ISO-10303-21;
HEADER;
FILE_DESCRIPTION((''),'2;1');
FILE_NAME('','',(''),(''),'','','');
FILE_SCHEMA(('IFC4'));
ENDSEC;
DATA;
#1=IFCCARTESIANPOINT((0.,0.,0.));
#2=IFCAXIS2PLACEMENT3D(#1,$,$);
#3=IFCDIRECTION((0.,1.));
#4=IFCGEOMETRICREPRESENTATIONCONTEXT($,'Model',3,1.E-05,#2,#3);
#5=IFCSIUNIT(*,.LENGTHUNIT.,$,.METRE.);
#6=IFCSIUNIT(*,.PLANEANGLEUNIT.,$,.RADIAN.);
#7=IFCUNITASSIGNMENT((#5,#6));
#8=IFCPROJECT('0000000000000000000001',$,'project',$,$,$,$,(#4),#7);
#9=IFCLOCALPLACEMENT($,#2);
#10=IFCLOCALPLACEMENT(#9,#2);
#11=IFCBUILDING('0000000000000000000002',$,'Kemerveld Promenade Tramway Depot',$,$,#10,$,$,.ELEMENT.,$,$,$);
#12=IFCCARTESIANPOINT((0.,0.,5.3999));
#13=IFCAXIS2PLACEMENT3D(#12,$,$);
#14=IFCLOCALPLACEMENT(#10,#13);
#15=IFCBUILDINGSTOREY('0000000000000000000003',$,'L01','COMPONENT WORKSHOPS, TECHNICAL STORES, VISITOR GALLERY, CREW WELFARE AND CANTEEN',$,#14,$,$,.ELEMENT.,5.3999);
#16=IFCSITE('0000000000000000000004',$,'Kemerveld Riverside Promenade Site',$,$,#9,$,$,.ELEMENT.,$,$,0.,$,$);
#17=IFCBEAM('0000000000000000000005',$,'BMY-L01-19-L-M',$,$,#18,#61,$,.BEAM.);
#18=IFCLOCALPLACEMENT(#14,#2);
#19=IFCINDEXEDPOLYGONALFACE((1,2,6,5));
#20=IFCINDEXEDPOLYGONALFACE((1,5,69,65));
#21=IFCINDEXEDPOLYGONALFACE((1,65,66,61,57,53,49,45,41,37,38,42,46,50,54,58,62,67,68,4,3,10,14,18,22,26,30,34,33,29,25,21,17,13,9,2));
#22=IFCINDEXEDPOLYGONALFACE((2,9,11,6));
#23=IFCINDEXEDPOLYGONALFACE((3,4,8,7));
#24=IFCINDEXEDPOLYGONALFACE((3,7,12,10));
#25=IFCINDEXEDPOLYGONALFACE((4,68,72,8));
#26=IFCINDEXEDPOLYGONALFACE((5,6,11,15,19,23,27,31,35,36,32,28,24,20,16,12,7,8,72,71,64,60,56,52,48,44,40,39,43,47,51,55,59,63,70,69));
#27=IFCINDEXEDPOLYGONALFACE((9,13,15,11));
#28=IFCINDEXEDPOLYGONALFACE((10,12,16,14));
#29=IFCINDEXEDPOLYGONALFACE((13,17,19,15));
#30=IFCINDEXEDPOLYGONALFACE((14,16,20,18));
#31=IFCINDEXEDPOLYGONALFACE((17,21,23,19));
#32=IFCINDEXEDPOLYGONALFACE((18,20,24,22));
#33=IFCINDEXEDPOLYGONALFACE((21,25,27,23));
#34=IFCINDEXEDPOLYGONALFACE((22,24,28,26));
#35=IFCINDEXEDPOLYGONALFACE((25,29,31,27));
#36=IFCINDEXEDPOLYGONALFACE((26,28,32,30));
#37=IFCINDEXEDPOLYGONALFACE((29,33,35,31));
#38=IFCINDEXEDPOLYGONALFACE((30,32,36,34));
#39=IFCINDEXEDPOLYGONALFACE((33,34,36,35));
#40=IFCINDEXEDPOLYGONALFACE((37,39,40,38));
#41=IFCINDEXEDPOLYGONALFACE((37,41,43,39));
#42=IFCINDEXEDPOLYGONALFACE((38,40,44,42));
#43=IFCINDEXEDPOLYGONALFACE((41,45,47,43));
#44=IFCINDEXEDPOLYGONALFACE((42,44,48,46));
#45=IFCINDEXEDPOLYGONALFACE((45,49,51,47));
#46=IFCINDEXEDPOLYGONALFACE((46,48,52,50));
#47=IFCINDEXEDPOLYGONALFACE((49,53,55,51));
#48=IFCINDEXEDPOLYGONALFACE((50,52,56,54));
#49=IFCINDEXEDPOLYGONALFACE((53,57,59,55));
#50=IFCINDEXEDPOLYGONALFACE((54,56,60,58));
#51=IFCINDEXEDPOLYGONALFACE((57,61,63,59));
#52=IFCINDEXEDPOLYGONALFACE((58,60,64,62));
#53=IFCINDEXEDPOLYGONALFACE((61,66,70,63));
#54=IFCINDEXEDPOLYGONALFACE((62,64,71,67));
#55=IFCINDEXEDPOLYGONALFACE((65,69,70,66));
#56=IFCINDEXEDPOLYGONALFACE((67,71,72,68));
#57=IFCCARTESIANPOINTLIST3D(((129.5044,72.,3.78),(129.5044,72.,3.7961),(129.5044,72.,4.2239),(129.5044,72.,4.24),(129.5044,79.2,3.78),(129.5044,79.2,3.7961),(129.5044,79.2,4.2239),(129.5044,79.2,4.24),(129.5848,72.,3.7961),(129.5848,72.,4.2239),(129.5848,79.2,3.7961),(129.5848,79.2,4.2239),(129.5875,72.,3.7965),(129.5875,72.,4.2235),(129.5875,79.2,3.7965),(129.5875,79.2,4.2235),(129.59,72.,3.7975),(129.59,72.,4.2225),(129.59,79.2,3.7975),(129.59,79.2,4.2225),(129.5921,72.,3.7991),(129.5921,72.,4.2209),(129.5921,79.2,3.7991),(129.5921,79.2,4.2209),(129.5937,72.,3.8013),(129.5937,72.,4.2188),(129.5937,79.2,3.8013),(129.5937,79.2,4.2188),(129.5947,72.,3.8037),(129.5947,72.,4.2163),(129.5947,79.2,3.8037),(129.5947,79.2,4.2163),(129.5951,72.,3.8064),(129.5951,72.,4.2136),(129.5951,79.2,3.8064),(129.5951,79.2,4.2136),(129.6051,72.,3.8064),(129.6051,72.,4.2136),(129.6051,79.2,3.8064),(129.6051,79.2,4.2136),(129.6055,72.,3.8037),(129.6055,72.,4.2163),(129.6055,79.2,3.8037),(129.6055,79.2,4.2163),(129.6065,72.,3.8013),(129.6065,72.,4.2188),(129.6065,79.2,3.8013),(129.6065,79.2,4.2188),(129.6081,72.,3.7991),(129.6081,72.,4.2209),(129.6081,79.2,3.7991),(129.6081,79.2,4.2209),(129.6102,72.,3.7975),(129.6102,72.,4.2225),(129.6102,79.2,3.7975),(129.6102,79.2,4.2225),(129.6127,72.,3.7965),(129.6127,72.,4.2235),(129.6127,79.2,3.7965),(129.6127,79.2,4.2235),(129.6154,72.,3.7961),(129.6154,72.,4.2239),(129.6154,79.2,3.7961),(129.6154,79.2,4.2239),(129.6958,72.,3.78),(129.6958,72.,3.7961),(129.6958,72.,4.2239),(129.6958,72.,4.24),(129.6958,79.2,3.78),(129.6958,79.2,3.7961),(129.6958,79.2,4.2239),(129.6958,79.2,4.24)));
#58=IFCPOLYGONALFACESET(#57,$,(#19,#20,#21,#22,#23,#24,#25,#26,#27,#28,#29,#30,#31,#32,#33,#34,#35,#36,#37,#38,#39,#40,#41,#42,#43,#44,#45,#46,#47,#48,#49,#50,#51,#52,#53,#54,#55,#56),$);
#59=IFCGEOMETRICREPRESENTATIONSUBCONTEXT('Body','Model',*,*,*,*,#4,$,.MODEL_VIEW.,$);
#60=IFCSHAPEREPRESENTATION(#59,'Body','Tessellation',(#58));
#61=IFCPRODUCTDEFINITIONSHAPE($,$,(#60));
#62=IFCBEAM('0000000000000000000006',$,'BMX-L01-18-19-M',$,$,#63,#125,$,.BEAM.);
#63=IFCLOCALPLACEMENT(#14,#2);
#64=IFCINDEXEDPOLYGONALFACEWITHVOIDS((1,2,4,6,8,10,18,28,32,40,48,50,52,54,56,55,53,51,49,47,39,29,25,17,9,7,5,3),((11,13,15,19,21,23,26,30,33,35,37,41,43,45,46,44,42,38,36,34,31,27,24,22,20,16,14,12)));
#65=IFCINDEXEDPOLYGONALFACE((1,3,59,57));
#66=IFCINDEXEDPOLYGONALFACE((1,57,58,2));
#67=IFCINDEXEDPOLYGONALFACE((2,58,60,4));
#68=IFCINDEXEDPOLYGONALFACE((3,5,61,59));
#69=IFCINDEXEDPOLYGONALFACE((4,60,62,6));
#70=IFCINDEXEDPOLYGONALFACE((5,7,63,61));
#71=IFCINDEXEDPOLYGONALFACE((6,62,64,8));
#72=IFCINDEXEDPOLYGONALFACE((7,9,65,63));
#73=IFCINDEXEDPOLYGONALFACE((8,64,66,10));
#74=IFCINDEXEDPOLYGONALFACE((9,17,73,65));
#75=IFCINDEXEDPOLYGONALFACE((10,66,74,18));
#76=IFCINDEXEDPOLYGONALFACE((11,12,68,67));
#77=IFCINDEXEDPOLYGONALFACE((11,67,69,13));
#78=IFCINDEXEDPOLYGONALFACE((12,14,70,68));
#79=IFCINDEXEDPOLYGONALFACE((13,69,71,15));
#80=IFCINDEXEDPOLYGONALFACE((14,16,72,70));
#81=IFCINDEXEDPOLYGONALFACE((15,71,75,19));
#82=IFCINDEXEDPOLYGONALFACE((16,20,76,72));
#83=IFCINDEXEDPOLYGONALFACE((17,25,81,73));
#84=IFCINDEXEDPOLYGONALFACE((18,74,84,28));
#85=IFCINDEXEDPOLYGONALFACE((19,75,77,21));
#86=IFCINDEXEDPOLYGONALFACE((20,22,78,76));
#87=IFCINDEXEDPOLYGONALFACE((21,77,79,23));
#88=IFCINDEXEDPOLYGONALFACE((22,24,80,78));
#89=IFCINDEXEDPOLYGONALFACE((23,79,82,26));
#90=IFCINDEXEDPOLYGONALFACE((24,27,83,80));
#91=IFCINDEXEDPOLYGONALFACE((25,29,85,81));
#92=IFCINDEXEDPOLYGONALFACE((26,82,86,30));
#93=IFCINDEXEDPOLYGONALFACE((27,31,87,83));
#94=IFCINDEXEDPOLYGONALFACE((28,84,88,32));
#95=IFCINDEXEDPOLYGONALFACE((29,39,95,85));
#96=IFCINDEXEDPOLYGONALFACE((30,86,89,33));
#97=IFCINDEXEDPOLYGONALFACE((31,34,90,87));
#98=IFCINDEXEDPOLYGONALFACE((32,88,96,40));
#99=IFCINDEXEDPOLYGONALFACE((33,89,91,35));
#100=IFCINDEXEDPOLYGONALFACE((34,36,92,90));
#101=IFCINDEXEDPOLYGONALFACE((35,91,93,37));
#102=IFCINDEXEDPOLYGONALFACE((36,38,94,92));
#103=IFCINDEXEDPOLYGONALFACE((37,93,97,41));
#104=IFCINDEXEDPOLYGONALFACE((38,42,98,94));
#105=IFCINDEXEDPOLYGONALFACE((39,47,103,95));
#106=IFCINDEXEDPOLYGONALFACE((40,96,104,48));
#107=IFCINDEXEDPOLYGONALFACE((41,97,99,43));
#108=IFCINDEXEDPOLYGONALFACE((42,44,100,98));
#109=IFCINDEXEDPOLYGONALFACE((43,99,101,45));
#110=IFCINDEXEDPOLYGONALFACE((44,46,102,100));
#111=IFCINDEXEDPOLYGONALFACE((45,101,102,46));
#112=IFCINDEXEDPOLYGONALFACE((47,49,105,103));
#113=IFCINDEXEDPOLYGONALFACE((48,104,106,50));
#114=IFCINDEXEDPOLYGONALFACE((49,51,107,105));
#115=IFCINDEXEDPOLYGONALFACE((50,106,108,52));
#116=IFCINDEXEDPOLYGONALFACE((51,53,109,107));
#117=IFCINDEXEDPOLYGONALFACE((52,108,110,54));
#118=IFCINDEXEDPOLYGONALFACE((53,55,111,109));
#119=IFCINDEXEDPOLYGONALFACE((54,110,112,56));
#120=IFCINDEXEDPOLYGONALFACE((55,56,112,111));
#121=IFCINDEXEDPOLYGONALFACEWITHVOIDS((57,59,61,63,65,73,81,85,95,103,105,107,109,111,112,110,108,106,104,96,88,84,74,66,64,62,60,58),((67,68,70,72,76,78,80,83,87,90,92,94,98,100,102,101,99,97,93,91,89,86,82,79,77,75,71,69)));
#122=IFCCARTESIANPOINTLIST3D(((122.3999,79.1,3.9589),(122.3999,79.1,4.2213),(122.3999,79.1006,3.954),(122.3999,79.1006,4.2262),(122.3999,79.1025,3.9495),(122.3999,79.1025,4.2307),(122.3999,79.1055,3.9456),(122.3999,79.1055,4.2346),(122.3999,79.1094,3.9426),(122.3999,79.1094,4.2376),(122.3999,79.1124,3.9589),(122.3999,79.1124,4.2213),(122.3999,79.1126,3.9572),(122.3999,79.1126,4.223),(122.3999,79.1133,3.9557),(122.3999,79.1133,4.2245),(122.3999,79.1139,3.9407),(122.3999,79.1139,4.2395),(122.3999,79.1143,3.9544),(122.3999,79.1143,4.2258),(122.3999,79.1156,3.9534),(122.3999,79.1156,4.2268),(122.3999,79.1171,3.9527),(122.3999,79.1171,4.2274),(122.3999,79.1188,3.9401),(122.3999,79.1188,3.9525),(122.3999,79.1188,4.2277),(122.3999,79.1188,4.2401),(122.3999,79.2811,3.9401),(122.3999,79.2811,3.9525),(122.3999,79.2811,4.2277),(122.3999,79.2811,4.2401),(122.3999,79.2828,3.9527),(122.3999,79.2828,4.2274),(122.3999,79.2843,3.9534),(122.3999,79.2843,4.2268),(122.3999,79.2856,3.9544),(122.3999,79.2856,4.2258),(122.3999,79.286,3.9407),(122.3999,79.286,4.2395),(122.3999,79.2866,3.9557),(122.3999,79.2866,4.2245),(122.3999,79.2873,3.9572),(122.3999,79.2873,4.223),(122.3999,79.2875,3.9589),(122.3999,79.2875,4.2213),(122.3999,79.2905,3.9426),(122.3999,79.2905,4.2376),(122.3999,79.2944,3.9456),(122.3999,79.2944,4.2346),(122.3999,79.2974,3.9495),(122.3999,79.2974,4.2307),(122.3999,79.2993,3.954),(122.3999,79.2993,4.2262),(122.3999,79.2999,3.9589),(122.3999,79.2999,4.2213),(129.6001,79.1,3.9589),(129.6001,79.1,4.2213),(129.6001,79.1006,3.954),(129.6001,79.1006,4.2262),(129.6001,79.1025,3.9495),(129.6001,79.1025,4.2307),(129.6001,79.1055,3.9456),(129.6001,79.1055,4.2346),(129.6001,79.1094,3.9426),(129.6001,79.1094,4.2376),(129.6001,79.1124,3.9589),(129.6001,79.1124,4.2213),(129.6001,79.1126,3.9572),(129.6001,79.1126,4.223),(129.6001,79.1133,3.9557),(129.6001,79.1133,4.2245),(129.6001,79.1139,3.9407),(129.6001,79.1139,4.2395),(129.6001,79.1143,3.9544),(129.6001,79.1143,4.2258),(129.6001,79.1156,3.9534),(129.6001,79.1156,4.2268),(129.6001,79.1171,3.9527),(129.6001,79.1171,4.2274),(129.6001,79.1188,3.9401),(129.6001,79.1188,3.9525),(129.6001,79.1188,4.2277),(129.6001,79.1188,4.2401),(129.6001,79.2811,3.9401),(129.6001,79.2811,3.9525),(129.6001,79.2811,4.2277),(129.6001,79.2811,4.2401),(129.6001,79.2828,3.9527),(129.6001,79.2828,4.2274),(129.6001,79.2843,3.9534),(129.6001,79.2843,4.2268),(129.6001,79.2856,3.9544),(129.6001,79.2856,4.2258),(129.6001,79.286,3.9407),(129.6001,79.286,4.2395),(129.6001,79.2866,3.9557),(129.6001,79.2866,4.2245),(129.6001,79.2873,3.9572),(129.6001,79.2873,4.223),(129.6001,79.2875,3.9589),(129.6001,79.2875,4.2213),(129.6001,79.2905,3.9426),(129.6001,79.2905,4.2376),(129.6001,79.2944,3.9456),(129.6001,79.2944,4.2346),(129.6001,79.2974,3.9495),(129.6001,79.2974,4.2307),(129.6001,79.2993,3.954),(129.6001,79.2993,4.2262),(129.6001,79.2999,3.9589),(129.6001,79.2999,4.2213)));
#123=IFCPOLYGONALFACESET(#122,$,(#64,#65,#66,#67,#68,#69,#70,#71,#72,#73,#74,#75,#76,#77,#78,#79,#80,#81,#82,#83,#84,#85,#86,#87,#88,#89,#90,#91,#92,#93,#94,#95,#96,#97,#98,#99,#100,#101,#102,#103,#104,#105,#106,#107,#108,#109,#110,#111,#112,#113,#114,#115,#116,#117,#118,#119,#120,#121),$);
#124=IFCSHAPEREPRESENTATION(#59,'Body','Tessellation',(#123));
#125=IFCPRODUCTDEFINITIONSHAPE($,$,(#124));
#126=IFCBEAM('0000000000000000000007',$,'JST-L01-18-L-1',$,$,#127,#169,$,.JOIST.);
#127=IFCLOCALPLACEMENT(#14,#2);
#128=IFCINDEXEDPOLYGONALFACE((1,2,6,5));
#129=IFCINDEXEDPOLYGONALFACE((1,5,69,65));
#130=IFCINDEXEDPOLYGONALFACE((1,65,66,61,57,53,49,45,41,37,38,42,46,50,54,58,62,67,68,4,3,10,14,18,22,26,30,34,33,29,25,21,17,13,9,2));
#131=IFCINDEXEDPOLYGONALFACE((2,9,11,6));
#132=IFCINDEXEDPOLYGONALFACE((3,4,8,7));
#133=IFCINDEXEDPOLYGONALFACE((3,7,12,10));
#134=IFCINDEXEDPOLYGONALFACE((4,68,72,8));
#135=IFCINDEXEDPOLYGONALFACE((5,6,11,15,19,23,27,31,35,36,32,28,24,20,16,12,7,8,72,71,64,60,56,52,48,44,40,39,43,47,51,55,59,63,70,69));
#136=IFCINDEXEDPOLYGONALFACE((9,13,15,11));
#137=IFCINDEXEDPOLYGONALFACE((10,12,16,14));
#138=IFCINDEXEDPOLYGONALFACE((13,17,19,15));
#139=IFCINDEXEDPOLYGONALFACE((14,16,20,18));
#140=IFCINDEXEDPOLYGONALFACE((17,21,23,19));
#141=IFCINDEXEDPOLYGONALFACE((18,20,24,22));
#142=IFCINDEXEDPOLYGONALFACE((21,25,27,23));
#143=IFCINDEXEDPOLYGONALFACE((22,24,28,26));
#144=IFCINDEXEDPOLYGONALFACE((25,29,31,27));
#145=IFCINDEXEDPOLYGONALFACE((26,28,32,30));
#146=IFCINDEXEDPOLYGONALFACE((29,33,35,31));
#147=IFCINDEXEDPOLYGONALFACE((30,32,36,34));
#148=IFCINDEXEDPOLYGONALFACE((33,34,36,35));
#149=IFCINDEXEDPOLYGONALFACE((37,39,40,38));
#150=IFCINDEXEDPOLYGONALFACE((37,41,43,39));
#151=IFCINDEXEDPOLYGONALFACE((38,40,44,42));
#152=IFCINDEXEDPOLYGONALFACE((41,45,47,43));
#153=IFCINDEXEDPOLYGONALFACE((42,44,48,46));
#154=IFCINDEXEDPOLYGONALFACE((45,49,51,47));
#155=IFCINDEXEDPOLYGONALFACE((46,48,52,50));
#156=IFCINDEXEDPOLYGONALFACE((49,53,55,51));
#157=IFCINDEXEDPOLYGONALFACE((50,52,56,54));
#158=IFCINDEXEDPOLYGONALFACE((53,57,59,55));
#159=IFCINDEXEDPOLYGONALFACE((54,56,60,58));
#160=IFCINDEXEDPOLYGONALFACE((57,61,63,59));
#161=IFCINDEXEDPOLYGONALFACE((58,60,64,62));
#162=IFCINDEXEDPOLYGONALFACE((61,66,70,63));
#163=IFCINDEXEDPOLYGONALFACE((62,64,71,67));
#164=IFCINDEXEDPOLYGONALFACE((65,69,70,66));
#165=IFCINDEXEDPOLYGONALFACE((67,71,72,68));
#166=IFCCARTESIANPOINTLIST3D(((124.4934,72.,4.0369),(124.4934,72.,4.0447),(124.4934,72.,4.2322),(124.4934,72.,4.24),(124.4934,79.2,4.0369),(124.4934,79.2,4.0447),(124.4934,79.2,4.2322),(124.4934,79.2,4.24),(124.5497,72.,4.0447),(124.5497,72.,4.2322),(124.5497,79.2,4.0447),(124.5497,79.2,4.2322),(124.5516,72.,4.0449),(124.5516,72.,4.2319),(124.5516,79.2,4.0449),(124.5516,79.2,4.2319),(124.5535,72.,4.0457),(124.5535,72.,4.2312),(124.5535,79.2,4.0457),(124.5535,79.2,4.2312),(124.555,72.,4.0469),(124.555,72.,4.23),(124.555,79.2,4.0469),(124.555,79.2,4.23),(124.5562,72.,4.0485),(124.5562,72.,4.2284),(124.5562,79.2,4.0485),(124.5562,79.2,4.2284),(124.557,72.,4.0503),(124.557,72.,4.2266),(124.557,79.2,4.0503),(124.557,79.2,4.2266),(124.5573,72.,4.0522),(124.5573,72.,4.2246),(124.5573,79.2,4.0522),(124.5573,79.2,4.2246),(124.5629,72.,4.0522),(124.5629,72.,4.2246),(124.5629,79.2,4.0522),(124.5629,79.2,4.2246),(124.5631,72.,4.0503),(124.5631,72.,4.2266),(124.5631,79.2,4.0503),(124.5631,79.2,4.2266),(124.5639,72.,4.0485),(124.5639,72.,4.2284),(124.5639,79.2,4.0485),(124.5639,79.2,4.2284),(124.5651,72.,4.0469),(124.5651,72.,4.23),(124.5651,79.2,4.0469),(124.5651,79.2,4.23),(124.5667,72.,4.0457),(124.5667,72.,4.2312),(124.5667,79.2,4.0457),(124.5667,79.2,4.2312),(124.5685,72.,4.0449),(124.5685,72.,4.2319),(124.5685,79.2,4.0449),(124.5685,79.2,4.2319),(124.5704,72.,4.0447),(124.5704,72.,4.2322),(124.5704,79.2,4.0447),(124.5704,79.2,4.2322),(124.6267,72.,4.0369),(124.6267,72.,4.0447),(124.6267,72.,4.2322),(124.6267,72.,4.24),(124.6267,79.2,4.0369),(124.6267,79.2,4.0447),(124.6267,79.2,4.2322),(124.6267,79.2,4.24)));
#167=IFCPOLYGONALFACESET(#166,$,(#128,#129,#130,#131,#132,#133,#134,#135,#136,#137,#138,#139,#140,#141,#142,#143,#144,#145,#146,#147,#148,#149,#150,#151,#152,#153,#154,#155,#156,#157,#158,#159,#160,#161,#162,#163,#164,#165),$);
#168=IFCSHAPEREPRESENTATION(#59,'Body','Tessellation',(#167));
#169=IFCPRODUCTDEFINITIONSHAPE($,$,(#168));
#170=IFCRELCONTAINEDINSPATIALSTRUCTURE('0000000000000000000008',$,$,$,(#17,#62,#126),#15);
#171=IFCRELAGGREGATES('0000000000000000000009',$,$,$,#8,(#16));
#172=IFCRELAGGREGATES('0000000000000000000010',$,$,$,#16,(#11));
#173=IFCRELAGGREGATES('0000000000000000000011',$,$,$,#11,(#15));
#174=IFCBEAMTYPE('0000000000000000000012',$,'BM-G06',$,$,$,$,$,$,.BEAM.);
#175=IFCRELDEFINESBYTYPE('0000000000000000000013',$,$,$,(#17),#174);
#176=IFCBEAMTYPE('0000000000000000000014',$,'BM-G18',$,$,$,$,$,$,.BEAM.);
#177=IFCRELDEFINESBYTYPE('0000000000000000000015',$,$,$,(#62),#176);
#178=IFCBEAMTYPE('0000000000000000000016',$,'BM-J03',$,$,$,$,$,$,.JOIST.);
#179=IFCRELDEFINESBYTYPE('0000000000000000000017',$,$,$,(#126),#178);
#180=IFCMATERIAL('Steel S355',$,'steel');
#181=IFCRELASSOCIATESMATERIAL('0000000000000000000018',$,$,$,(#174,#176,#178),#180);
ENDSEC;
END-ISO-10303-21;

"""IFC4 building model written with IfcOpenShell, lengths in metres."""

from ifc_helpers import new_model, si_unit, direction, frame, origin, origin_2d, place, context, subcontext, project, spatial, hollow_rectangle, i_section, extrude, material, material_profile, profile_set, type_object, element, save


model = new_model("IFC4")

# Units and contexts
model_context = context("Model", 3, precision=1e-05, world=origin(), true_north=direction((0.0, 1.0)))
body_context = subcontext(model_context, "Body", "Model", "MODEL_VIEW")
ifc_project = project(units=[si_unit("LENGTHUNIT", "METRE"), si_unit("PLANEANGLEUNIT", "RADIAN")], contexts=[model_context])

# Site, building, storey
site_placement = place(None, origin())
site = spatial("IfcSite", under=ifc_project, at=site_placement, Name="Kemerveld Riverside Promenade Site", CompositionType="ELEMENT", RefElevation=0.0)
building_placement = place(site_placement, origin())
building = spatial("IfcBuilding", under=site, at=building_placement, Name="Kemerveld Promenade Tramway Depot", CompositionType="ELEMENT")
storey_placement = place(building_placement, frame((0.0, 0.0, 5.3999)))
storey = spatial("IfcBuildingStorey", under=building, at=storey_placement, Name="L01", Description="COMPONENT WORKSHOPS, TECHNICAL STORES, VISITOR GALLERY, CREW WELFARE AND CANTEEN", CompositionType="ELEMENT", Elevation=5.3999)

# Beams
ifc_material_1 = material(Name="Steel S355", Category="steel")
ifc_material_profile_1 = material_profile(ifc_material_1, i_section(OverallWidth=0.1914, OverallDepth=0.46, WebThickness=0.01, FlangeThickness=0.0161, FilletRadius=0.0103, at=origin_2d()), Name="457x191x82 UB")
ifc_profile_set_1 = profile_set([ifc_material_profile_1], Name="Steel S355")
beam_type_1 = type_object("IfcBeamType", Name="BM-G06", PredefinedType="BEAM", material=ifc_profile_set_1)
for number, where, z_axis, x_axis, name in (
    (1, (129.6001, 72.0, 4.01), (0.0, 1.0, 0.0), (-1.0, 0.0, 0.0), "BMY-L01-19-L-M"),
):
    element("IfcBeam", number, at=place(storey_placement, frame(where, z_axis=z_axis, x_axis=x_axis)), inside=storey, type_object=beam_type_1, Name=name, PredefinedType="BEAM", context=body_context, shape_type="SweptSolid", body=[
        extrude(i_section(OverallWidth=0.1914, OverallDepth=0.46, WebThickness=0.01, FlangeThickness=0.0161, FilletRadius=0.0103, at=origin_2d()), origin(), (0.0, 0.0, 1.0), 7.2),
    ])
ifc_material_profile_2 = material_profile(ifc_material_1, hollow_rectangle(XDim=0.2, YDim=0.3, WallThickness=0.0125, InnerFilletRadius=0.0063, OuterFilletRadius=0.0188, at=origin_2d()), Name="300x200x12.5 RHS")
ifc_profile_set_2 = profile_set([ifc_material_profile_2], Name="Steel S355")
beam_type_2 = type_object("IfcBeamType", Name="BM-G18", PredefinedType="BEAM", material=ifc_profile_set_2)
beam_1_placement = place(storey_placement, frame((122.3999, 79.2, 4.0901), z_axis=(1.0, 0.0, 0.0), x_axis=(0.0, 1.0, 0.0)))
element("IfcBeam", 2, at=beam_1_placement, inside=storey, type_object=beam_type_2, Name="BMX-L01-18-19-M", PredefinedType="BEAM", context=body_context, shape_type="SweptSolid", body=[
    extrude(hollow_rectangle(XDim=0.2, YDim=0.3, WallThickness=0.0125, InnerFilletRadius=0.0063, OuterFilletRadius=0.0188, at=origin_2d()), origin(), (0.0, 0.0, 1.0), 7.2002),
])
ifc_material_profile_3 = material_profile(ifc_material_1, i_section(OverallWidth=0.1333, OverallDepth=0.2031, WebThickness=0.0056, FlangeThickness=0.0078, FilletRadius=0.0076, at=origin_2d()), Name="203x133x25 UB")
ifc_profile_set_3 = profile_set([ifc_material_profile_3], Name="Steel S355")
beam_type_3 = type_object("IfcBeamType", Name="BM-J03", PredefinedType="JOIST", material=ifc_profile_set_3)
for number, where, z_axis, x_axis, name in (
    (3, (124.5601, 72.0, 4.1384), (0.0, 1.0, 0.0), (-1.0, 0.0, 0.0), "JST-L01-18-L-1"),
):
    element("IfcBeam", number, at=place(storey_placement, frame(where, z_axis=z_axis, x_axis=x_axis)), inside=storey, type_object=beam_type_3, Name=name, PredefinedType="JOIST", context=body_context, shape_type="SweptSolid", body=[
        extrude(i_section(OverallWidth=0.1333, OverallDepth=0.2031, WebThickness=0.0056, FlangeThickness=0.0078, FilletRadius=0.0076, at=origin_2d()), origin(), (0.0, 0.0, 1.0), 7.2),
    ])

save(model, "model.ifc")
